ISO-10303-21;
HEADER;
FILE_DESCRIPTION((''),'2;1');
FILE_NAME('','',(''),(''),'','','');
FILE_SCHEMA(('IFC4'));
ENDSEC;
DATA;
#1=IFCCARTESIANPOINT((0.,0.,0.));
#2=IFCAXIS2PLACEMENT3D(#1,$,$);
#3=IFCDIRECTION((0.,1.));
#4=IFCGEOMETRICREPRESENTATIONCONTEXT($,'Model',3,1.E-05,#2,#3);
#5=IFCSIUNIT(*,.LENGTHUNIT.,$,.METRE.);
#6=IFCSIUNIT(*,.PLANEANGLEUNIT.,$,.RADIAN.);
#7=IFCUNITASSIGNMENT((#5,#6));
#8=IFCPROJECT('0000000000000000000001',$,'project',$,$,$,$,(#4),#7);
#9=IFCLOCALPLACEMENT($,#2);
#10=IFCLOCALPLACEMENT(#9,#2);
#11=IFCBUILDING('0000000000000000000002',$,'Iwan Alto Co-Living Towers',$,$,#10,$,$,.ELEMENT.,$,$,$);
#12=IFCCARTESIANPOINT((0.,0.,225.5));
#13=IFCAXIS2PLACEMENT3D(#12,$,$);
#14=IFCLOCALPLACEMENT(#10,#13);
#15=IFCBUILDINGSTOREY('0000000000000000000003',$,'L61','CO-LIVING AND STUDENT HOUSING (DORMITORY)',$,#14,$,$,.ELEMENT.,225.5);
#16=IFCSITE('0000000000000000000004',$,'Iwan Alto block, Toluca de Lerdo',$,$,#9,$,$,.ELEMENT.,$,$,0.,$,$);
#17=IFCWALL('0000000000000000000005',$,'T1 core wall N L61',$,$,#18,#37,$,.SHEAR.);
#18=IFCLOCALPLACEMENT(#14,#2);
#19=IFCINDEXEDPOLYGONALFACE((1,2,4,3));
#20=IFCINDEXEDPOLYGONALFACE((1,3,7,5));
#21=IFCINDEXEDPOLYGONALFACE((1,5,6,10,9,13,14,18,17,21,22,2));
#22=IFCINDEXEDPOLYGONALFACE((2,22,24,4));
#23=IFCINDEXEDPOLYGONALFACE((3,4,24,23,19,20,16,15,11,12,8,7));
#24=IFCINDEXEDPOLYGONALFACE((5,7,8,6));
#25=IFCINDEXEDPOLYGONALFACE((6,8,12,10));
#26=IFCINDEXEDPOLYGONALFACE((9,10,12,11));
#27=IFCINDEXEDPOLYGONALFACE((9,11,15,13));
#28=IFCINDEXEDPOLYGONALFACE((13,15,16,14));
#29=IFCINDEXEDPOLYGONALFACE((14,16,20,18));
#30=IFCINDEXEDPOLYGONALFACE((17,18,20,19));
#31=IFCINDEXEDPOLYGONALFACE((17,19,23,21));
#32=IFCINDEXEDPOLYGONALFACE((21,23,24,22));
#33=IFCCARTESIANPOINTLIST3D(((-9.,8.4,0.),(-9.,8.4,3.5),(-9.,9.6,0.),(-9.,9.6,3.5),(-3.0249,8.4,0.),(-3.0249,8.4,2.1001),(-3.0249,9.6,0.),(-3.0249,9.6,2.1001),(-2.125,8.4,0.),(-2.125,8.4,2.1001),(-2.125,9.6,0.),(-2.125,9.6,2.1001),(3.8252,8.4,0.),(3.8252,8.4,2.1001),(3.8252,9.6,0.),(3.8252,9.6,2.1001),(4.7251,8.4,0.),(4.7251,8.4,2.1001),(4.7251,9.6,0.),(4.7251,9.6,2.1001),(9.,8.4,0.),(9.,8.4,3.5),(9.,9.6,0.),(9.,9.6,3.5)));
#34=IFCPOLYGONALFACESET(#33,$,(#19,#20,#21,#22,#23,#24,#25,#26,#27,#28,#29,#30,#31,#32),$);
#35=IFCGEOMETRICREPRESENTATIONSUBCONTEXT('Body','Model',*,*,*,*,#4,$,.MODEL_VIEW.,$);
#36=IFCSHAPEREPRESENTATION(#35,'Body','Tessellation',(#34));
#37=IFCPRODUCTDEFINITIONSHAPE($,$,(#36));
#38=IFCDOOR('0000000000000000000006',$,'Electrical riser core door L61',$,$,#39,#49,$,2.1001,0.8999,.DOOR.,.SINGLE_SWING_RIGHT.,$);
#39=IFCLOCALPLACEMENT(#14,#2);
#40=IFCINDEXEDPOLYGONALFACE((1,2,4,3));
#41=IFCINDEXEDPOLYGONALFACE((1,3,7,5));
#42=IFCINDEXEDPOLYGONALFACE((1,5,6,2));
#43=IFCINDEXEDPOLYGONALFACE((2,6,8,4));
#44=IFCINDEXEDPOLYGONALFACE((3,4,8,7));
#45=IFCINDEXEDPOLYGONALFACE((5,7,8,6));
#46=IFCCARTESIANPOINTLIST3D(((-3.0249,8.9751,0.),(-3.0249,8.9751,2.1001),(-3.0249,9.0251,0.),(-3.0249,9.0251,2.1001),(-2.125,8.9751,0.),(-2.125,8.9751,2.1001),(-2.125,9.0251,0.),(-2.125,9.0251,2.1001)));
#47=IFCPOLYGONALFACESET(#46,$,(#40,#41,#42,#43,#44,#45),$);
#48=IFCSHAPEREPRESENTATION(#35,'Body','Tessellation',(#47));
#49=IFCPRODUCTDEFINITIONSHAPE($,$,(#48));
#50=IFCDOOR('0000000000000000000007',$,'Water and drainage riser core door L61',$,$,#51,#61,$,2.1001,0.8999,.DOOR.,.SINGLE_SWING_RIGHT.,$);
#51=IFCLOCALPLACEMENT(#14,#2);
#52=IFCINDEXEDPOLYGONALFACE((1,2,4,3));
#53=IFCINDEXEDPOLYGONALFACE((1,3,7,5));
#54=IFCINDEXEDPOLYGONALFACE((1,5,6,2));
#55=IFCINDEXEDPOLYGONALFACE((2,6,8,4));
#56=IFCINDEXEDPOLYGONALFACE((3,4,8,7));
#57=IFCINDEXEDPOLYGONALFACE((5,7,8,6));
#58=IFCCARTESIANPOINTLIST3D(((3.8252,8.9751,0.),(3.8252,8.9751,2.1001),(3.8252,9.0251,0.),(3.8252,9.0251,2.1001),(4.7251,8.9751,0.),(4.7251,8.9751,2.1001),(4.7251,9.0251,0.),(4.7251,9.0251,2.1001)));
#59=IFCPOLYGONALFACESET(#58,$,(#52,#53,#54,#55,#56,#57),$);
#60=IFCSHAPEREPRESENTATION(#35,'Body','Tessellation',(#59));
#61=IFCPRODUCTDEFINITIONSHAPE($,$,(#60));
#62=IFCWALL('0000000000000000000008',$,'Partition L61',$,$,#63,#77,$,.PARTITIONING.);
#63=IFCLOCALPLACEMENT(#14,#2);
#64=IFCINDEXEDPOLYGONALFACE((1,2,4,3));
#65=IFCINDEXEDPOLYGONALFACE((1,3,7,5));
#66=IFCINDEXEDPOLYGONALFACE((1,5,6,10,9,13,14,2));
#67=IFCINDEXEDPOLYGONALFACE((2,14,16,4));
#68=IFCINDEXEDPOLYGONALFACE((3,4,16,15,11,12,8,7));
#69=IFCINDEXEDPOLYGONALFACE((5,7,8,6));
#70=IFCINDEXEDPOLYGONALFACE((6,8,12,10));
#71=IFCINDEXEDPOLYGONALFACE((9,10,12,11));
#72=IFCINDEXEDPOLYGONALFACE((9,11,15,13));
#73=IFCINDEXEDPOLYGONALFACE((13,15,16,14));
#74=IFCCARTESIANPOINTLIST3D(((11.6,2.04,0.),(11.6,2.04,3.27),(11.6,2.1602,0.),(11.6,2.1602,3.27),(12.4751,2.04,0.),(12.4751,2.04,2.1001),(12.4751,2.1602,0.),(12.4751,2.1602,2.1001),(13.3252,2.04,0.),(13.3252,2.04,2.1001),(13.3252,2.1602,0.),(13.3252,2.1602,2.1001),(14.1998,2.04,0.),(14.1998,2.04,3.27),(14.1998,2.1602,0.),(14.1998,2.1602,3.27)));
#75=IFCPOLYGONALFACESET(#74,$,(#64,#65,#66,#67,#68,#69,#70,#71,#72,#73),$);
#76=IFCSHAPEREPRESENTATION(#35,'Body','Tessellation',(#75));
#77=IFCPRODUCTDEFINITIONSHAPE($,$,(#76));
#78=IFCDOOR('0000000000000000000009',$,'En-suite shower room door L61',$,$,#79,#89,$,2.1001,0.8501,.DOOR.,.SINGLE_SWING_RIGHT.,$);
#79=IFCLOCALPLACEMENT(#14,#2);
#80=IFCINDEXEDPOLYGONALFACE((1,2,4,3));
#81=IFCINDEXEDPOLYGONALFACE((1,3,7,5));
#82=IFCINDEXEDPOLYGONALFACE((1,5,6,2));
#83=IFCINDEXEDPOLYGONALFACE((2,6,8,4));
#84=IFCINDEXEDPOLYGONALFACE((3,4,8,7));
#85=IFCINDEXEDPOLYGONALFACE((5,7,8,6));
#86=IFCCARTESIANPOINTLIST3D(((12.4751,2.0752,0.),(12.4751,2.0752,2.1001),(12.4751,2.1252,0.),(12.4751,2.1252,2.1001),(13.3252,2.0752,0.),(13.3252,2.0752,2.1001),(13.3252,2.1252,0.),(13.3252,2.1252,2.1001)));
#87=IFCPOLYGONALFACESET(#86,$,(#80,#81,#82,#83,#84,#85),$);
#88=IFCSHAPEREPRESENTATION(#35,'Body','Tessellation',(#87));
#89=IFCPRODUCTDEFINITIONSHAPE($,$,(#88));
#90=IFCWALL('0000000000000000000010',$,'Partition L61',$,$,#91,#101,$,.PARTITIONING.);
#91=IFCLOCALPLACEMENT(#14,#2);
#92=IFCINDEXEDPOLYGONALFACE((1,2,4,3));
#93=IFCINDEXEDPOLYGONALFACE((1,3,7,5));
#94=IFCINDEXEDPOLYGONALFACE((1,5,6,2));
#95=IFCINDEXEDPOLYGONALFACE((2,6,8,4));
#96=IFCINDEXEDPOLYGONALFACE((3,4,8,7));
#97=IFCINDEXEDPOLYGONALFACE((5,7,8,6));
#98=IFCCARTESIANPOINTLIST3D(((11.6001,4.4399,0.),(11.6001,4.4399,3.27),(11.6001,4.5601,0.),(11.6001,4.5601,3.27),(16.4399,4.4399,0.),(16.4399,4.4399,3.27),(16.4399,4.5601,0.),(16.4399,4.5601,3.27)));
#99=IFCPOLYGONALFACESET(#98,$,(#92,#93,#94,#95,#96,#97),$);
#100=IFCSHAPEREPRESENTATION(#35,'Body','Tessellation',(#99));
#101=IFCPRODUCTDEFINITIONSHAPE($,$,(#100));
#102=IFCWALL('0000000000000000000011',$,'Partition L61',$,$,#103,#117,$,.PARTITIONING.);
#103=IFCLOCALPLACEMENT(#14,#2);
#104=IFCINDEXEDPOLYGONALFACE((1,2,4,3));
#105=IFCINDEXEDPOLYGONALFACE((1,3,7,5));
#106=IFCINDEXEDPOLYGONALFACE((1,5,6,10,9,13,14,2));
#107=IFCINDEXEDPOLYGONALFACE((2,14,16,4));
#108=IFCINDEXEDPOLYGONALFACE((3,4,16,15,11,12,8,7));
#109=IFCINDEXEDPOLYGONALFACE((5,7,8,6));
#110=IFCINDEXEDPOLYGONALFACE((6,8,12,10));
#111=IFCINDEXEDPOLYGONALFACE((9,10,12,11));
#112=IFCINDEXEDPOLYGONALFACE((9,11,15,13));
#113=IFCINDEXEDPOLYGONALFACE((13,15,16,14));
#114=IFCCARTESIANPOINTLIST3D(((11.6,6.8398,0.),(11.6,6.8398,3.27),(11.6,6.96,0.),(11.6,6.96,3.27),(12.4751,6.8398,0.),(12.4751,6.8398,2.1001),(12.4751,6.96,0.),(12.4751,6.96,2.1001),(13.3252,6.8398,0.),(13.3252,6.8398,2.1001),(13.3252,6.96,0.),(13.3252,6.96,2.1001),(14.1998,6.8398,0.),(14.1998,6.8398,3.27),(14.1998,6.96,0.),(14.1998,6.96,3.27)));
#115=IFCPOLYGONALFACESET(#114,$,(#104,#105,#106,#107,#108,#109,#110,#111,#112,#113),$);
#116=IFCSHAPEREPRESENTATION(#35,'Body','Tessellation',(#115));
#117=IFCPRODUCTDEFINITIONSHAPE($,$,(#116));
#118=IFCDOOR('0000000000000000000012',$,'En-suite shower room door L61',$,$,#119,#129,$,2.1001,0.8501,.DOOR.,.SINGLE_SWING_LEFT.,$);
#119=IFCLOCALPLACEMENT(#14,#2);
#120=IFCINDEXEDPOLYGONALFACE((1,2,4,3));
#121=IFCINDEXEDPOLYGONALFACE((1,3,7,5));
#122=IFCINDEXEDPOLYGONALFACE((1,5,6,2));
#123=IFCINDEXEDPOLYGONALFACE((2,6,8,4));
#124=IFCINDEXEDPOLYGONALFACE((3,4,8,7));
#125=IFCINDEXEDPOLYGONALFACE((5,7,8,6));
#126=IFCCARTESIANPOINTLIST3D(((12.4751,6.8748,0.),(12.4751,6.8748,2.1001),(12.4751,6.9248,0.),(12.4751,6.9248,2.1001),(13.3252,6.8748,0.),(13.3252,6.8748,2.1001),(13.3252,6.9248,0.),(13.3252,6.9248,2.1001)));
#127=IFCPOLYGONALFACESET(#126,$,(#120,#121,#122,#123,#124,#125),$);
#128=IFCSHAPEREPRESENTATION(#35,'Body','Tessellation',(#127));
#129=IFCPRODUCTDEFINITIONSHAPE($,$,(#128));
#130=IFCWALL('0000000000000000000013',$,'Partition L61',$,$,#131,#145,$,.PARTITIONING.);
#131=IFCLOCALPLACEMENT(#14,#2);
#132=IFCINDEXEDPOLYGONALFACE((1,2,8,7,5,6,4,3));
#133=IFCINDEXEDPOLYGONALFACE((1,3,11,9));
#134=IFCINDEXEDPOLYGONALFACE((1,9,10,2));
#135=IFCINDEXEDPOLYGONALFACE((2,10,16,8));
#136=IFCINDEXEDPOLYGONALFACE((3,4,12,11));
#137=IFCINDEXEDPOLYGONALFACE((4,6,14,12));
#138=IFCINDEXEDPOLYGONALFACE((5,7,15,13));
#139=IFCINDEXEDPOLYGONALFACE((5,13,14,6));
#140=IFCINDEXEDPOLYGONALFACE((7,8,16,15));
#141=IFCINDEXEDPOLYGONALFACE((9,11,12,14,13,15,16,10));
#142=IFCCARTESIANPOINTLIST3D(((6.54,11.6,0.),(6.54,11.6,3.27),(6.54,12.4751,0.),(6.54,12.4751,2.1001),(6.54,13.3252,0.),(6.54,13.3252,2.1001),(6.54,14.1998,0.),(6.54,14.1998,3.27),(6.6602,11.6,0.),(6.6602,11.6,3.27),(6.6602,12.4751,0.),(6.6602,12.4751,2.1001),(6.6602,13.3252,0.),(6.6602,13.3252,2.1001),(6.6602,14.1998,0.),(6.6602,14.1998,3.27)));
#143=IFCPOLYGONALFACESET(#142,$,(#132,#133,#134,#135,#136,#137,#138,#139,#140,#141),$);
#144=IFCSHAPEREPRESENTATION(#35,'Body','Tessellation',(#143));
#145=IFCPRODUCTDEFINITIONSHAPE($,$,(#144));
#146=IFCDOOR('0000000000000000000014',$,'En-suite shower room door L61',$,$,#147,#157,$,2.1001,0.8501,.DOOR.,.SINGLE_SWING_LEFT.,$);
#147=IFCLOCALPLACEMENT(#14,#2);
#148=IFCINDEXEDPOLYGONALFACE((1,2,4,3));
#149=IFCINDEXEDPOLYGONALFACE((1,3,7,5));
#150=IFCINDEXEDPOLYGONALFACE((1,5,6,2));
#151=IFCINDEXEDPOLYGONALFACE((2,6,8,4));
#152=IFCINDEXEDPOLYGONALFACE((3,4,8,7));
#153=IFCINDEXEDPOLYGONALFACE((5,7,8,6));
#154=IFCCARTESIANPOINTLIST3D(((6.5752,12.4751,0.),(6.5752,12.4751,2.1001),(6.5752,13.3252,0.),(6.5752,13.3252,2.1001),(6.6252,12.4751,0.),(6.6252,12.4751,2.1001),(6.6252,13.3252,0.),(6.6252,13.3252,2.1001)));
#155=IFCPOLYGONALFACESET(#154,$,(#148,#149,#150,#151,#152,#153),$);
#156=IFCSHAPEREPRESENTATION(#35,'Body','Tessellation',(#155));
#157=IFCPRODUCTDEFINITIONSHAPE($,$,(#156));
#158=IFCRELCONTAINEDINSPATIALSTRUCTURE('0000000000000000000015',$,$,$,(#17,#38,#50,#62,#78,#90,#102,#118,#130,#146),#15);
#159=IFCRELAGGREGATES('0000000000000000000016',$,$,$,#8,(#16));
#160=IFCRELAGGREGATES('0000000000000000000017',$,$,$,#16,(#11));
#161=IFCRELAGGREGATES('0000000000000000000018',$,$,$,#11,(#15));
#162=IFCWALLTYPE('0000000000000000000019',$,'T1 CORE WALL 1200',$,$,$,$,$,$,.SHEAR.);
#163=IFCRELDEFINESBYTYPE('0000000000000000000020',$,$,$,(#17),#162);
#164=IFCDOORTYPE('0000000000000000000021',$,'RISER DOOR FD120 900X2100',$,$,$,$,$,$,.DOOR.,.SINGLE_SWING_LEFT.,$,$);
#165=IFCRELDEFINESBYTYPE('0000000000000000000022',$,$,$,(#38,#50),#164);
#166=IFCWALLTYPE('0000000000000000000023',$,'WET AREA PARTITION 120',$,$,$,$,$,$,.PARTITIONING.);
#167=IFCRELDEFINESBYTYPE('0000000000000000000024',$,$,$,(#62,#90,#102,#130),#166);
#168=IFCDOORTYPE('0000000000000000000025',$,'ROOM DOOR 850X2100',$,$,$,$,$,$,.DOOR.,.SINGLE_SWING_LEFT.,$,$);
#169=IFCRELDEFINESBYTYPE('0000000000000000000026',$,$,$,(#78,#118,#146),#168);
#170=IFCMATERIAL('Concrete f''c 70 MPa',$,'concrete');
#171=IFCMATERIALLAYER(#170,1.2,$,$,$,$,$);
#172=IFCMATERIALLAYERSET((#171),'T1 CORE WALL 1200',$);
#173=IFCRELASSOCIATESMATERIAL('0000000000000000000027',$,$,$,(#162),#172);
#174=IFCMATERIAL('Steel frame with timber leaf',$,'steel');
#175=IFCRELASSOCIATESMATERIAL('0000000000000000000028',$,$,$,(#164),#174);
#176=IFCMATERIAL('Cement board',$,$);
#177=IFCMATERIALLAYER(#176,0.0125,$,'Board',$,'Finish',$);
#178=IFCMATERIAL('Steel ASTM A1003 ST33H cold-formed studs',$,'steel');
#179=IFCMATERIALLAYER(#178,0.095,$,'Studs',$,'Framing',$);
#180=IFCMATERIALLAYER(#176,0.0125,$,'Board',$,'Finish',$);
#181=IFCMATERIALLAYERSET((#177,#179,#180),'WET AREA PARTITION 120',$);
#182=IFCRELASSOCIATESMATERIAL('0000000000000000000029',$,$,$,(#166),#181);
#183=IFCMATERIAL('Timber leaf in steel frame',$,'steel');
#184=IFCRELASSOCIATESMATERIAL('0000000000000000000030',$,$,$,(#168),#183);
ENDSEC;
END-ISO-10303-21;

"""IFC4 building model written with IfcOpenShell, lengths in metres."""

from ifc_helpers import new_model, si_unit, direction, frame, frame_2d, origin, place, context, subcontext, project, spatial, rectangle, extrude, material, layer, layer_set, type_object, element, fill, save


model = new_model("IFC4")

# Units and contexts
model_context = context("Model", 3, precision=1e-05, world=origin(), true_north=direction((0.0, 1.0)))
body_context = subcontext(model_context, "Body", "Model", "MODEL_VIEW")
ifc_project = project(units=[si_unit("LENGTHUNIT", "METRE"), si_unit("PLANEANGLEUNIT", "RADIAN")], contexts=[model_context])

# Site, building, storey
site_placement = place(None, origin())
site = spatial("IfcSite", under=ifc_project, at=site_placement, Name="Iwan Alto block, Toluca de Lerdo", CompositionType="ELEMENT", RefElevation=0.0)
building_placement = place(site_placement, origin())
building = spatial("IfcBuilding", under=site, at=building_placement, Name="Iwan Alto Co-Living Towers", CompositionType="ELEMENT")
storey_placement = place(building_placement, frame((0.0, 0.0, 225.5)))
storey = spatial("IfcBuildingStorey", under=building, at=storey_placement, Name="L61", Description="CO-LIVING AND STUDENT HOUSING (DORMITORY)", CompositionType="ELEMENT", Elevation=225.5)

# Shared definitions
ifc_material_1 = material(Name="Steel ASTM A1003 ST33H cold-formed studs", Category="steel")

# Wall, openings, doors
ifc_material_2 = material(Name="Concrete f'c 70 MPa", Category="concrete")
ifc_layer_1 = layer(ifc_material_2, 1.2)
ifc_layer_set_1 = layer_set([ifc_layer_1], Name="T1 CORE WALL 1200")
wall_type_1 = type_object("IfcWallType", Name="T1 CORE WALL 1200", PredefinedType="SHEAR", material=ifc_layer_set_1)
wall_1_placement = place(storey_placement, frame((9.0, 9.0, 0.0), z_axis=(0.0, 0.0, 1.0), x_axis=(-1.0, 0.0, 0.0)))
wall_1 = element("IfcWall", 1, at=wall_1_placement, inside=storey, type_object=wall_type_1, Name="T1 core wall N L61", PredefinedType="SHEAR", context=body_context, shape_type="SweptSolid", body=[
    extrude(rectangle(XDim=18.0, YDim=1.2, at=frame_2d((9.0, 0.0))), origin(), (0.0, 0.0, 1.0), 3.5),
])
opening_1_placement = place(wall_1_placement, frame((11.125, 0.0, 0.0)))
opening_1 = element("IfcOpeningElement", 2, at=opening_1_placement, cuts=wall_1, PredefinedType="OPENING", context=body_context, shape_type="SweptSolid", body=[
    extrude(rectangle(XDim=0.8999, YDim=2.1001, at=frame_2d((0.45, 1.05))), frame((0.0, 0.6099, 0.0), z_axis=(0.0, -1.0, 0.0), x_axis=(1.0, 0.0, 0.0)), (0.0, 0.0, 1.0), 1.22),
])
opening_2_placement = place(wall_1_placement, frame((4.2749, 0.0, 0.0)))
opening_2 = element("IfcOpeningElement", 3, at=opening_2_placement, cuts=wall_1, PredefinedType="OPENING", context=body_context, shape_type="SweptSolid", body=[
    extrude(rectangle(XDim=0.8999, YDim=2.1001, at=frame_2d((0.45, 1.05))), frame((0.0, 0.6099, 0.0), z_axis=(0.0, -1.0, 0.0), x_axis=(1.0, 0.0, 0.0)), (0.0, 0.0, 1.0), 1.22),
])
ifc_material_3 = material(Name="Steel frame with timber leaf", Category="steel")
door_type_1 = type_object("IfcDoorType", Name="RISER DOOR FD120 900X2100", OperationType="SINGLE_SWING_LEFT", PredefinedType="DOOR", material=ifc_material_3)
door_1_placement = place(opening_1_placement, origin())
door_1 = element("IfcDoor", 4, at=door_1_placement, inside=storey, type_object=door_type_1, Name="Electrical riser core door L61", OperationType="SINGLE_SWING_RIGHT", OverallHeight=2.1001, OverallWidth=0.8999, PredefinedType="DOOR", context=body_context, shape_type="SweptSolid", body=[
    extrude(rectangle(XDim=0.8999, YDim=2.1001, at=frame_2d((0.45, 1.05))), frame((0.0, 0.0249, 0.0), z_axis=(0.0, -1.0, 0.0), x_axis=(1.0, 0.0, 0.0)), (0.0, 0.0, 1.0), 0.05),
])
fill(opening_1, door_1)
door_2_placement = place(opening_2_placement, origin())
door_2 = element("IfcDoor", 5, at=door_2_placement, inside=storey, type_object=door_type_1, Name="Water and drainage riser core door L61", OperationType="SINGLE_SWING_RIGHT", OverallHeight=2.1001, OverallWidth=0.8999, PredefinedType="DOOR", context=body_context, shape_type="SweptSolid", body=[
    extrude(rectangle(XDim=0.8999, YDim=2.1001, at=frame_2d((0.45, 1.05))), frame((0.0, 0.0249, 0.0), z_axis=(0.0, -1.0, 0.0), x_axis=(1.0, 0.0, 0.0)), (0.0, 0.0, 1.0), 0.05),
])
fill(opening_2, door_2)

# Wall, opening, door
ifc_material_4 = material(Name="Cement board")
ifc_layer_2 = layer(ifc_material_4, 0.0125, Name="Board", Category="Finish")
ifc_layer_3 = layer(ifc_material_1, 0.095, Name="Studs", Category="Framing")
ifc_layer_4 = layer(ifc_material_4, 0.0125, Name="Board", Category="Finish")
ifc_layer_set_2 = layer_set([ifc_layer_2, ifc_layer_3, ifc_layer_4], Name="WET AREA PARTITION 120")
wall_type_2 = type_object("IfcWallType", Name="WET AREA PARTITION 120", PredefinedType="PARTITIONING", material=ifc_layer_set_2)
wall_2_placement = place(storey_placement, frame((11.6001, 2.1001, 0.0), z_axis=(0.0, 0.0, 1.0), x_axis=(1.0, 0.0, 0.0)))
wall_2 = element("IfcWall", 6, at=wall_2_placement, inside=storey, type_object=wall_type_2, Name="Partition L61", PredefinedType="PARTITIONING", context=body_context, shape_type="SweptSolid", body=[
    extrude(rectangle(XDim=2.5999, YDim=0.1201, at=frame_2d((1.2998, 0.0))), origin(), (0.0, 0.0, 1.0), 3.27),
])
opening_3_placement = place(wall_2_placement, frame((0.875, 0.0, 0.0)))
opening_3 = element("IfcOpeningElement", 7, at=opening_3_placement, cuts=wall_2, PredefinedType="OPENING", context=body_context, shape_type="SweptSolid", body=[
    extrude(rectangle(XDim=0.8501, YDim=2.1001, at=frame_2d((0.425, 1.05))), frame((0.0, 0.0701, 0.0), z_axis=(0.0, -1.0, 0.0), x_axis=(1.0, 0.0, 0.0)), (0.0, 0.0, 1.0), 0.1401),
])
ifc_material_5 = material(Name="Timber leaf in steel frame", Category="steel")
door_type_2 = type_object("IfcDoorType", Name="ROOM DOOR 850X2100", OperationType="SINGLE_SWING_LEFT", PredefinedType="DOOR", material=ifc_material_5)
door_3_placement = place(opening_3_placement, frame((0.8501, 0.0, 0.0), z_axis=(0.0, 0.0, 1.0), x_axis=(-1.0, 0.0, 0.0)))
door_3 = element("IfcDoor", 8, at=door_3_placement, inside=storey, type_object=door_type_2, Name="En-suite shower room door L61", OperationType="SINGLE_SWING_RIGHT", OverallHeight=2.1001, OverallWidth=0.8501, PredefinedType="DOOR", context=body_context, shape_type="SweptSolid", body=[
    extrude(rectangle(XDim=0.8501, YDim=2.1001, at=frame_2d((0.425, 1.05))), frame((0.0, 0.0249, 0.0), z_axis=(0.0, -1.0, 0.0), x_axis=(1.0, 0.0, 0.0)), (0.0, 0.0, 1.0), 0.05),
])
fill(opening_3, door_3)

# Wall
wall_3_placement = place(storey_placement, frame((11.6001, 4.5, 0.0), z_axis=(0.0, 0.0, 1.0), x_axis=(1.0, 0.0, 0.0)))
element("IfcWall", 9, at=wall_3_placement, inside=storey, type_object=wall_type_2, Name="Partition L61", PredefinedType="PARTITIONING", context=body_context, shape_type="SweptSolid", body=[
    extrude(rectangle(XDim=4.8398, YDim=0.1201, at=frame_2d((2.4199, 0.0))), origin(), (0.0, 0.0, 1.0), 3.27),
])

# Walls, openings, doors
wall_4_placement = place(storey_placement, frame((11.6001, 6.8999, 0.0), z_axis=(0.0, 0.0, 1.0), x_axis=(1.0, 0.0, 0.0)))
wall_4 = element("IfcWall", 10, at=wall_4_placement, inside=storey, type_object=wall_type_2, Name="Partition L61", PredefinedType="PARTITIONING", context=body_context, shape_type="SweptSolid", body=[
    extrude(rectangle(XDim=2.5999, YDim=0.1201, at=frame_2d((1.2998, 0.0))), origin(), (0.0, 0.0, 1.0), 3.27),
])
opening_4_placement = place(wall_4_placement, frame((0.875, 0.0, 0.0)))
opening_4 = element("IfcOpeningElement", 11, at=opening_4_placement, cuts=wall_4, PredefinedType="OPENING", context=body_context, shape_type="SweptSolid", body=[
    extrude(rectangle(XDim=0.8501, YDim=2.1001, at=frame_2d((0.425, 1.05))), frame((0.0, 0.0701, 0.0), z_axis=(0.0, -1.0, 0.0), x_axis=(1.0, 0.0, 0.0)), (0.0, 0.0, 1.0), 0.1401),
])
door_4_placement = place(opening_4_placement, origin())
door_4 = element("IfcDoor", 12, at=door_4_placement, inside=storey, type_object=door_type_2, Name="En-suite shower room door L61", OperationType="SINGLE_SWING_LEFT", OverallHeight=2.1001, OverallWidth=0.8501, PredefinedType="DOOR", context=body_context, shape_type="SweptSolid", body=[
    extrude(rectangle(XDim=0.8501, YDim=2.1001, at=frame_2d((0.425, 1.05))), frame((0.0, 0.0249, 0.0), z_axis=(0.0, -1.0, 0.0), x_axis=(1.0, 0.0, 0.0)), (0.0, 0.0, 1.0), 0.05),
])
fill(opening_4, door_4)
wall_5_placement = place(storey_placement, frame((6.6001, 11.6001, 0.0), z_axis=(0.0, 0.0, 1.0), x_axis=(0.0, 1.0, 0.0)))
wall_5 = element("IfcWall", 13, at=wall_5_placement, inside=storey, type_object=wall_type_2, Name="Partition L61", PredefinedType="PARTITIONING", context=body_context, shape_type="SweptSolid", body=[
    extrude(rectangle(XDim=2.5999, YDim=0.1201, at=frame_2d((1.2998, 0.0))), origin(), (0.0, 0.0, 1.0), 3.27),
])
opening_5_placement = place(wall_5_placement, frame((0.875, 0.0, 0.0)))
opening_5 = element("IfcOpeningElement", 14, at=opening_5_placement, cuts=wall_5, PredefinedType="OPENING", context=body_context, shape_type="SweptSolid", body=[
    extrude(rectangle(XDim=0.8501, YDim=2.1001, at=frame_2d((0.425, 1.05))), frame((0.0, 0.0701, 0.0), z_axis=(0.0, -1.0, 0.0), x_axis=(1.0, 0.0, 0.0)), (0.0, 0.0, 1.0), 0.1401),
])
door_5_placement = place(opening_5_placement, origin())
door_5 = element("IfcDoor", 15, at=door_5_placement, inside=storey, type_object=door_type_2, Name="En-suite shower room door L61", OperationType="SINGLE_SWING_LEFT", OverallHeight=2.1001, OverallWidth=0.8501, PredefinedType="DOOR", context=body_context, shape_type="SweptSolid", body=[
    extrude(rectangle(XDim=0.8501, YDim=2.1001, at=frame_2d((0.425, 1.05))), frame((0.0, 0.0249, 0.0), z_axis=(0.0, -1.0, 0.0), x_axis=(1.0, 0.0, 0.0)), (0.0, 0.0, 1.0), 0.05),
])
fill(opening_5, door_5)

save(model, "model.ifc")
